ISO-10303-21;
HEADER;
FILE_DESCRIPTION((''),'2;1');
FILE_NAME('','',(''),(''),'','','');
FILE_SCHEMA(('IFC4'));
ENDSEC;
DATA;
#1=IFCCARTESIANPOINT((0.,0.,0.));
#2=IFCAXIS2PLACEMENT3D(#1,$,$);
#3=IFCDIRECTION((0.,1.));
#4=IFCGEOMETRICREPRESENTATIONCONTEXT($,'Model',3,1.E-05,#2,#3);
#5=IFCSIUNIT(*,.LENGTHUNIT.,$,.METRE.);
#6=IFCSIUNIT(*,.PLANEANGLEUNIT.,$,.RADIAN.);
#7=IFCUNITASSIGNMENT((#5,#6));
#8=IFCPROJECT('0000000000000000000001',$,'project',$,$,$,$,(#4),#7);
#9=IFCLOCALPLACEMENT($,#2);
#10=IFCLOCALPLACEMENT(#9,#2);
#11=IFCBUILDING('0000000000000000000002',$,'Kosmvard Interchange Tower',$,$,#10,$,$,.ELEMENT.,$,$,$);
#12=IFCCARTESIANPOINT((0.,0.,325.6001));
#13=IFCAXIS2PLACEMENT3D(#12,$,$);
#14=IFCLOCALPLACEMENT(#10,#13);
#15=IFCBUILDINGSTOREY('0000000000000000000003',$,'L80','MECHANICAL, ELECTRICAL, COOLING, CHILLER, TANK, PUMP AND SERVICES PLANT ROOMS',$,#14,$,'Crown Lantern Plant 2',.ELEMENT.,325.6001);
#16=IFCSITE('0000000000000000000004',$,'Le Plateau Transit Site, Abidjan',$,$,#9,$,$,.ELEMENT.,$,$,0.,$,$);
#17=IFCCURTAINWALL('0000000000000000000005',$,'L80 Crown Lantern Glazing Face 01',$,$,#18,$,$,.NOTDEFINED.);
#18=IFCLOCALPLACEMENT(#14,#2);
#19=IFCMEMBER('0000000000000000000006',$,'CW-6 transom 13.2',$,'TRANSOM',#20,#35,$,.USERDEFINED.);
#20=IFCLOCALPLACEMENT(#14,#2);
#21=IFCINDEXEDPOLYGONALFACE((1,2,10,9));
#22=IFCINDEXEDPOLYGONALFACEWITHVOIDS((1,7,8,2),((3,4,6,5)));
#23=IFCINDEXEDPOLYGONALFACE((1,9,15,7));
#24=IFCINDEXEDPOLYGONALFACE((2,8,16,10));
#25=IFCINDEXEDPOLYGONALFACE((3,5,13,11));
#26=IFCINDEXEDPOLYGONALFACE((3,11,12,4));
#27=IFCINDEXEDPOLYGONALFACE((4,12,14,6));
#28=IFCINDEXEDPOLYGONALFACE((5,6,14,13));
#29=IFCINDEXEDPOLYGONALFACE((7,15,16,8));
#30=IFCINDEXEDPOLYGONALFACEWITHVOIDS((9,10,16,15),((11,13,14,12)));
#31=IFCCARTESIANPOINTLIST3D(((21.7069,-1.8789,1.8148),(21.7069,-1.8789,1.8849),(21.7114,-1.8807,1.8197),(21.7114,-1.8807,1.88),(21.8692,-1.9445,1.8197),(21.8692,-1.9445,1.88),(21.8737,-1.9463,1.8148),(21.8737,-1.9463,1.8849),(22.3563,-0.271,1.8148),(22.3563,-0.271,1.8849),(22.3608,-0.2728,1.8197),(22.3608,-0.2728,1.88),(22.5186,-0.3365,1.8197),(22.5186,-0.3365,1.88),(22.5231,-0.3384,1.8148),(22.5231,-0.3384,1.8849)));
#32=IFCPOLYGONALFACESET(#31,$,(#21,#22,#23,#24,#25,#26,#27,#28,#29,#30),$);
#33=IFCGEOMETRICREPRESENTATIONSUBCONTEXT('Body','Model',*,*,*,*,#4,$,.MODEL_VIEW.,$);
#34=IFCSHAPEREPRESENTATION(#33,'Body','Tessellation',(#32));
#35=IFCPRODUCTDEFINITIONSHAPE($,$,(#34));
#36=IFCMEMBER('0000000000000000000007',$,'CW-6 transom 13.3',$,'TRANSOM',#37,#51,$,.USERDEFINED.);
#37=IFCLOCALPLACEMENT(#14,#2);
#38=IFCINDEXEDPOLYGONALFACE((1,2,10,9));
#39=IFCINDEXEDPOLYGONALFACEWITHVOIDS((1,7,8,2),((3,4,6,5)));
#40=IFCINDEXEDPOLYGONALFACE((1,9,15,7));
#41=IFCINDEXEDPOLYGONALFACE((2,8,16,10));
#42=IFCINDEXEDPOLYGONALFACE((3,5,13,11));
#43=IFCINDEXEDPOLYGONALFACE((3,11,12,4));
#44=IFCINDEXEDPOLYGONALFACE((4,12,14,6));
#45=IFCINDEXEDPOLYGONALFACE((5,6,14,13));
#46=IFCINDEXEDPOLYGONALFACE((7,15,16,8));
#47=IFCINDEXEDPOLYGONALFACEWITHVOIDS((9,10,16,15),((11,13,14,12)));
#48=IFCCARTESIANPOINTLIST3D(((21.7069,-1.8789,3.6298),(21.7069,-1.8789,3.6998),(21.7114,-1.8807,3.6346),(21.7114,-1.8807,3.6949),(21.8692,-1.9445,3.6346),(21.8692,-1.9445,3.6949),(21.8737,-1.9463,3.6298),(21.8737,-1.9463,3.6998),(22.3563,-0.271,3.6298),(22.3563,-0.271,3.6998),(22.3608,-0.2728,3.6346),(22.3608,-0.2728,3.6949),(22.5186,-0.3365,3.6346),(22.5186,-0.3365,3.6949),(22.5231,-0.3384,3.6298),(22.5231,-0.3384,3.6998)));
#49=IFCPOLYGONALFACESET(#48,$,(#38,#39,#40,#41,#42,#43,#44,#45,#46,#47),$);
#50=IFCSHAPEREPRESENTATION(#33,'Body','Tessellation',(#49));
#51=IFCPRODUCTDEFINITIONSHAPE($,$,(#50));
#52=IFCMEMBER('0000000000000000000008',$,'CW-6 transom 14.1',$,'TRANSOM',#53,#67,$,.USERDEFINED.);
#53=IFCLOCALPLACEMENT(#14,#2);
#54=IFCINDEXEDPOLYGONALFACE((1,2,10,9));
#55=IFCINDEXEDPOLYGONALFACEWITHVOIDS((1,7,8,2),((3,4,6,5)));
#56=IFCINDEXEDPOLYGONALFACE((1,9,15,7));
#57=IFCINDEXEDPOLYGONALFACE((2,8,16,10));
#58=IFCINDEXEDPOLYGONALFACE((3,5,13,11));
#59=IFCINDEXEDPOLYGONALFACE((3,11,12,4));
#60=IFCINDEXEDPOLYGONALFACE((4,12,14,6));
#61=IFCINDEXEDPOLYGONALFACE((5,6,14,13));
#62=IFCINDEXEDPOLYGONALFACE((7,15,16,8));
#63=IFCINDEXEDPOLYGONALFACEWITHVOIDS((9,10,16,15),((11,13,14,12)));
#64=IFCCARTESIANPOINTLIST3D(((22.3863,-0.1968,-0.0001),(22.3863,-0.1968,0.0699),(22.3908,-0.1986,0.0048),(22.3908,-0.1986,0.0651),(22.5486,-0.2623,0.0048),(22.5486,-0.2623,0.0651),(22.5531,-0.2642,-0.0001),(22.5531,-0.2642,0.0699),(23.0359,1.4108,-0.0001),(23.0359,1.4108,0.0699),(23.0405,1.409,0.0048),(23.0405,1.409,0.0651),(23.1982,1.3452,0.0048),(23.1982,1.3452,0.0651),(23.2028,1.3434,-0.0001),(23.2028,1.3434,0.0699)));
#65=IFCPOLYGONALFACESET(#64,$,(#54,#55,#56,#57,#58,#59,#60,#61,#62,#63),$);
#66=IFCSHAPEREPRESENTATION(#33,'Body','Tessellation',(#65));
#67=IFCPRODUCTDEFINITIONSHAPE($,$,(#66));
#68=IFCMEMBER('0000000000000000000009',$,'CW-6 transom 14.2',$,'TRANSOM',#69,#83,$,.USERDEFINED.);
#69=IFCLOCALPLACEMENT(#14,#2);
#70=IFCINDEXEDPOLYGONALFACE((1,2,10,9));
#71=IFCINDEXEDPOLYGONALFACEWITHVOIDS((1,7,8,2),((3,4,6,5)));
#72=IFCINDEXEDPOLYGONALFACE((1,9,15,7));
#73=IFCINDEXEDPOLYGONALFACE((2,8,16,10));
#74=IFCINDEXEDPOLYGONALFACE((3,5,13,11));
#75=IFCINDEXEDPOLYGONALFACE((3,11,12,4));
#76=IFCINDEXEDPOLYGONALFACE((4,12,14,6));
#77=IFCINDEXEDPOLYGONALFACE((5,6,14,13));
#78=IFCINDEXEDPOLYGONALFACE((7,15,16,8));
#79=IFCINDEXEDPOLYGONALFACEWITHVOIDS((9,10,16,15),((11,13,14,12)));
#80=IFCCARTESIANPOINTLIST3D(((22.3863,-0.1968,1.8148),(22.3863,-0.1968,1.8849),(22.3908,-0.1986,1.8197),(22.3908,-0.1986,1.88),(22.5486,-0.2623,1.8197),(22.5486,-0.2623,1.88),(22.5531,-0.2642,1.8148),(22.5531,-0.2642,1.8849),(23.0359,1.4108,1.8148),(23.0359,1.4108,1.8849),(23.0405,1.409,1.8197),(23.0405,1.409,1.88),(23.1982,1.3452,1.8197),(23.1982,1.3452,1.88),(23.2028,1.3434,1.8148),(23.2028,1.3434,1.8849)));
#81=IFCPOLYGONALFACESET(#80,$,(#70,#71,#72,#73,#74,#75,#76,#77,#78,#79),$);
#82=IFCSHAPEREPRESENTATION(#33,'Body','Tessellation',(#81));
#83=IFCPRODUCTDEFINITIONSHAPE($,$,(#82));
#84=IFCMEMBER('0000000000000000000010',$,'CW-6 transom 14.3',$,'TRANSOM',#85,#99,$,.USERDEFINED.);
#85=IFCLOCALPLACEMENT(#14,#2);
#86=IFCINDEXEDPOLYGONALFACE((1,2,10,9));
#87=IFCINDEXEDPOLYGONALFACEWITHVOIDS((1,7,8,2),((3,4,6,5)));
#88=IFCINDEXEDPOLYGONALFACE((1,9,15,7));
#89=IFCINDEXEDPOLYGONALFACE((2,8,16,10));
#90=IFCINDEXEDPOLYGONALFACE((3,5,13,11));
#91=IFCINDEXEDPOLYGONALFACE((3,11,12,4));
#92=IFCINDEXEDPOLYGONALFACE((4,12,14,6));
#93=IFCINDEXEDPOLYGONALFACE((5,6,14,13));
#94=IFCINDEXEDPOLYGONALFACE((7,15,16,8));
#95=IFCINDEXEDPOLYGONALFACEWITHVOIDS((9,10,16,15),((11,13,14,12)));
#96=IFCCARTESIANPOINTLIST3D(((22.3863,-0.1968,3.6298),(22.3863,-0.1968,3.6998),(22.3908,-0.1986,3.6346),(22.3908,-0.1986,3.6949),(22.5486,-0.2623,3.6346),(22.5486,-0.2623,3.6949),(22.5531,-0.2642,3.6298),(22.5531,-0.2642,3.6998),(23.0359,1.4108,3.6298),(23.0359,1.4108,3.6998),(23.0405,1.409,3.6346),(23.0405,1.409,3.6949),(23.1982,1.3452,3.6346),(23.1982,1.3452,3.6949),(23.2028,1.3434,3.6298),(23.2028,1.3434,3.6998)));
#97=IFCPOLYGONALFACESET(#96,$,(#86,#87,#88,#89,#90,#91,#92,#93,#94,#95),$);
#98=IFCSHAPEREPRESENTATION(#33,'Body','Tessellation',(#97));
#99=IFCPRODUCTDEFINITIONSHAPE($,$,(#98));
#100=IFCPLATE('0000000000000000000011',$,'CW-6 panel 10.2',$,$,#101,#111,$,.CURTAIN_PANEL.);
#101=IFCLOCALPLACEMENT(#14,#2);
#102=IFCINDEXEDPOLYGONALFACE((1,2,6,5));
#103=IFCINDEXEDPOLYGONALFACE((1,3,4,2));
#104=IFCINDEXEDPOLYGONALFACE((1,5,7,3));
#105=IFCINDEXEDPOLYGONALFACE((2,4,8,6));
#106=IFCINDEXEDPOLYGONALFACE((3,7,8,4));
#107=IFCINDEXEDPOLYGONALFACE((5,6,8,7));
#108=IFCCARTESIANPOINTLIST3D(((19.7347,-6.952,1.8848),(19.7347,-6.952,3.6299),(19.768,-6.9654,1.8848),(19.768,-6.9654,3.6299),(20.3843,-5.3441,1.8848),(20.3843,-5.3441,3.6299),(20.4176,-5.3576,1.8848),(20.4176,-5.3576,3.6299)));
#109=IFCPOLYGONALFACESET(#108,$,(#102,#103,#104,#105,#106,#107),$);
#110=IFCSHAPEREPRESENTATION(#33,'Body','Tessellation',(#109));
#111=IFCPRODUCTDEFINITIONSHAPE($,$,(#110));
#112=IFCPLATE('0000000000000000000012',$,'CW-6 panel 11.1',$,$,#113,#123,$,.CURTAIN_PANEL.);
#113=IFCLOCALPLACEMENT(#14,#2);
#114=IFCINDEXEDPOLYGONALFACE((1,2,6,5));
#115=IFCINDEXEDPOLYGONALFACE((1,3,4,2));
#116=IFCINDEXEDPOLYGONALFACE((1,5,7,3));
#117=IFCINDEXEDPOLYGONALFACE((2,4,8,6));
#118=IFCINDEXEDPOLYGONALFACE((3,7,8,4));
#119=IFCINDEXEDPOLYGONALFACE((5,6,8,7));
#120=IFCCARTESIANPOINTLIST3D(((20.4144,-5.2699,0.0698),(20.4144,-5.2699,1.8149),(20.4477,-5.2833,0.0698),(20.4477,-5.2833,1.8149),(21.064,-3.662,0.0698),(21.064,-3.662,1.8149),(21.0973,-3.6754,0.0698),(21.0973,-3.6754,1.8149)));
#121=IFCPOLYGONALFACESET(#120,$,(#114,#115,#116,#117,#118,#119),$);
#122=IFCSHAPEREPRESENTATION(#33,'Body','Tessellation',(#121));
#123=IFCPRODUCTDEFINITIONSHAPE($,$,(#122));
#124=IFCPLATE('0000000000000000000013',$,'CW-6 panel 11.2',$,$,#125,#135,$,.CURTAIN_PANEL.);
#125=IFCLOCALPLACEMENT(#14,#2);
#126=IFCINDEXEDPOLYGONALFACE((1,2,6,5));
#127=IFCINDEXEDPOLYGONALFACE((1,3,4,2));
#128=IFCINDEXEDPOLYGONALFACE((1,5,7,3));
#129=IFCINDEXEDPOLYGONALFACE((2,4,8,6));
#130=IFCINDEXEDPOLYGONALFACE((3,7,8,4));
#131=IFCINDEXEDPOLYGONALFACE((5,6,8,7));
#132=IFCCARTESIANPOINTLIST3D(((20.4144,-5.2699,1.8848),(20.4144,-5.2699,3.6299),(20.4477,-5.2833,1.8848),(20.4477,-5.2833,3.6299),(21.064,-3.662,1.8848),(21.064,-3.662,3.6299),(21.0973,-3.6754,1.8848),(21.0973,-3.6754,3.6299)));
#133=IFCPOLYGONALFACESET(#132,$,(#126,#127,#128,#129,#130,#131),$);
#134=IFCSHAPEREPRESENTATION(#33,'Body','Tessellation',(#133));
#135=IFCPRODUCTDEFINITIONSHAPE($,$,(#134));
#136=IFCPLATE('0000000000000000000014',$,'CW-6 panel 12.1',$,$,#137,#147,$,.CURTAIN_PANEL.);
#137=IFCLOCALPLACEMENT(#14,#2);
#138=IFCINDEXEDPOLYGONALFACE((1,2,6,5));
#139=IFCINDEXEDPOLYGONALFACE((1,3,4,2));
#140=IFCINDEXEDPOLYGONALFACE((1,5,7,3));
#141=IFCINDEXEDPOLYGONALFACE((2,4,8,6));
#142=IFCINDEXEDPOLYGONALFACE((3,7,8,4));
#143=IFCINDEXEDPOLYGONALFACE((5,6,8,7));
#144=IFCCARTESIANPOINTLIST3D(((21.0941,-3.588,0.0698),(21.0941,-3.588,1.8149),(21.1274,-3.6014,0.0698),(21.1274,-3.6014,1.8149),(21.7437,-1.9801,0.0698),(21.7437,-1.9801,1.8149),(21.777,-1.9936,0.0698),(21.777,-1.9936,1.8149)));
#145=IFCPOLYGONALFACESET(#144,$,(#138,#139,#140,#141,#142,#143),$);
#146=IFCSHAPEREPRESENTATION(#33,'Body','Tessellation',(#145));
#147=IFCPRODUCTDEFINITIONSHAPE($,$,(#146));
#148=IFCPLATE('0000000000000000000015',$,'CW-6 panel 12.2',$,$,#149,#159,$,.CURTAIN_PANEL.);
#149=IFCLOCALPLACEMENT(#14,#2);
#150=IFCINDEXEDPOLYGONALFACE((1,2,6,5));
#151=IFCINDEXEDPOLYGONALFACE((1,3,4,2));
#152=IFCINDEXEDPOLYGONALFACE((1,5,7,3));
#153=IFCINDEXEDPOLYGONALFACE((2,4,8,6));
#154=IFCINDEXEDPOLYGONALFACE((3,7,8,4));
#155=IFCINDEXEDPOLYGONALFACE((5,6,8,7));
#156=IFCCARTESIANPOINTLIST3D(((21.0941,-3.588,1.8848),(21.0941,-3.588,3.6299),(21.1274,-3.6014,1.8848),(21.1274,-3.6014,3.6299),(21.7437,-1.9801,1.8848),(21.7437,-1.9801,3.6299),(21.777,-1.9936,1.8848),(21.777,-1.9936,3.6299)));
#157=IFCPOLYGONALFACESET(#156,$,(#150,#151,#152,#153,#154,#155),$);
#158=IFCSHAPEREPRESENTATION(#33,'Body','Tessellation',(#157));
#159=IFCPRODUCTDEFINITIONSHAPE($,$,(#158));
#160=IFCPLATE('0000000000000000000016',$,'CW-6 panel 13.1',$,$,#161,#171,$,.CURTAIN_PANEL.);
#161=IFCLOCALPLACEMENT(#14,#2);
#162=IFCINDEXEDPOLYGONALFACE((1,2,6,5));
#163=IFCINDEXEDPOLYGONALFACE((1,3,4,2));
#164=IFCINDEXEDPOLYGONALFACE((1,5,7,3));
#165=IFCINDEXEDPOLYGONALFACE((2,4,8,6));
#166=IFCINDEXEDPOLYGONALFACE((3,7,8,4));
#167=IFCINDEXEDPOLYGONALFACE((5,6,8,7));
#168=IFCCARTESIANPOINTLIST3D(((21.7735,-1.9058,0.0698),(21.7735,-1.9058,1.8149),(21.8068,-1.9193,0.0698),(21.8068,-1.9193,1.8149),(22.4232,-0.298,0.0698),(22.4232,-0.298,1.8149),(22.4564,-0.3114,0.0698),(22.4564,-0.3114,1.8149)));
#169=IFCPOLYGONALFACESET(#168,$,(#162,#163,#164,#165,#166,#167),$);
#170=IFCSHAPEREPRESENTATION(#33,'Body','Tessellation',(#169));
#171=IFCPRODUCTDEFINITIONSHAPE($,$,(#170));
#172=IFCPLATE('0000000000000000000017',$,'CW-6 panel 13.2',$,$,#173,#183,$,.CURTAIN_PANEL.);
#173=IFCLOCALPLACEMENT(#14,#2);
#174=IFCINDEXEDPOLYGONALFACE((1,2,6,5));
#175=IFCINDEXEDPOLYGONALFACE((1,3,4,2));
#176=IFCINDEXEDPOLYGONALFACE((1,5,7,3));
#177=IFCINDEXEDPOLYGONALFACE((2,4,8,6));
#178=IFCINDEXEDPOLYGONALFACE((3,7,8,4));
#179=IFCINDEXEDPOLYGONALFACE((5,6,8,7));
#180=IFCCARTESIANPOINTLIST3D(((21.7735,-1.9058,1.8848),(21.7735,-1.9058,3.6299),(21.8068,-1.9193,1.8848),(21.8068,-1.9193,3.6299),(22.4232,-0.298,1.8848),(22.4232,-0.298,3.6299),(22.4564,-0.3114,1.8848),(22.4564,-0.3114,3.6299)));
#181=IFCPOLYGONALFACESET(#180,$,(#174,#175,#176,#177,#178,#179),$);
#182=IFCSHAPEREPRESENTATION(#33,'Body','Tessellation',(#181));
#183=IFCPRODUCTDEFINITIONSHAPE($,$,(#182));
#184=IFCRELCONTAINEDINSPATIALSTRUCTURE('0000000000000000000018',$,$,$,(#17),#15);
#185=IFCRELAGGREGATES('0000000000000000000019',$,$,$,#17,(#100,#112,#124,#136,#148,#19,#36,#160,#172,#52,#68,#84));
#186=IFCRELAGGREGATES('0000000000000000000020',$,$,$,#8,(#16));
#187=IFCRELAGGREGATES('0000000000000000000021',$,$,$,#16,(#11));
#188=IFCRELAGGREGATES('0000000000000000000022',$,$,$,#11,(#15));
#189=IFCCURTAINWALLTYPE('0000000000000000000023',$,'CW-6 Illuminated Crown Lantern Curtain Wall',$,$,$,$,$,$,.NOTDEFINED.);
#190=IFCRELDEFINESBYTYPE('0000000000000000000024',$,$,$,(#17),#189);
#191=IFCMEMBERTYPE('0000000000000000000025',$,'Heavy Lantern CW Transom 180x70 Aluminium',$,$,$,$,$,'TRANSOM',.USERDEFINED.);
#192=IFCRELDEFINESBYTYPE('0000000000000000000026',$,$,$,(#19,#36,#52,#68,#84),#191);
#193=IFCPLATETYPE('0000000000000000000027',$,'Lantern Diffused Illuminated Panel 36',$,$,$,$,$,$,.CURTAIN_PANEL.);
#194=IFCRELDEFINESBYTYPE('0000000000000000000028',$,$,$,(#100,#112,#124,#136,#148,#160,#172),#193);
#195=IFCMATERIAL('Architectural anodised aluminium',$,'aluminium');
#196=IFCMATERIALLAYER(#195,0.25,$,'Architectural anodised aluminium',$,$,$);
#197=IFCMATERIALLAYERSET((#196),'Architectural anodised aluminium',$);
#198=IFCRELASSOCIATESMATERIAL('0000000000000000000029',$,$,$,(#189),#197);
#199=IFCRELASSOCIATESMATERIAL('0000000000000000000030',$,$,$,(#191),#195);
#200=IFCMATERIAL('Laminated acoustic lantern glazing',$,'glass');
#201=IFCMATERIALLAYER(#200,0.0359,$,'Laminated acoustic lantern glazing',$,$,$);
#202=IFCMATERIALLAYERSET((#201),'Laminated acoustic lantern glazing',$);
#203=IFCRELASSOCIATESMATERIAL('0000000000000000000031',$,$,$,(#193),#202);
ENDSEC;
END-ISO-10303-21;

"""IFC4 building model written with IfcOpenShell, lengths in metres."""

from ifc_helpers import new_model, si_unit, direction, frame, origin, origin_2d, place, context, subcontext, project, spatial, rectangle, hollow_rectangle, extrude, source, transform, mapped, material, layer, layer_set, material_profile, profile_set, type_object, element, aggregate, save


model = new_model("IFC4")

# Units and contexts
model_context = context("Model", 3, precision=1e-05, world=origin(), true_north=direction((0.0, 1.0)))
body_context = subcontext(model_context, "Body", "Model", "MODEL_VIEW")
ifc_project = project(units=[si_unit("LENGTHUNIT", "METRE"), si_unit("PLANEANGLEUNIT", "RADIAN")], contexts=[model_context])

# Site, building, storey
site_placement = place(None, origin())
site = spatial("IfcSite", under=ifc_project, at=site_placement, Name="Le Plateau Transit Site, Abidjan", CompositionType="ELEMENT", RefElevation=0.0)
building_placement = place(site_placement, origin())
building = spatial("IfcBuilding", under=site, at=building_placement, Name="Kosmvard Interchange Tower", CompositionType="ELEMENT")
storey_placement = place(building_placement, frame((0.0, 0.0, 325.6001)))
storey = spatial("IfcBuildingStorey", under=building, at=storey_placement, Name="L80", Description="MECHANICAL, ELECTRICAL, COOLING, CHILLER, TANK, PUMP AND SERVICES PLANT ROOMS", LongName="Crown Lantern Plant 2", CompositionType="ELEMENT", Elevation=325.6001)

# Curtain wall, members, plates
ifc_material_1 = material(Name="Architectural anodised aluminium", Category="aluminium")
ifc_layer_1 = layer(ifc_material_1, 0.25, Name="Architectural anodised aluminium")
ifc_layer_set_1 = layer_set([ifc_layer_1], Name="Architectural anodised aluminium")
curtain_wall_type = type_object("IfcCurtainWallType", Name="CW-6 Illuminated Crown Lantern Curtain Wall", PredefinedType="NOTDEFINED", material=ifc_layer_set_1)
curtain_wall_placement = place(storey_placement, origin())
curtain_wall = element("IfcCurtainWall", 1, at=curtain_wall_placement, inside=storey, type_object=curtain_wall_type, Name="L80 Crown Lantern Glazing Face 01", PredefinedType="NOTDEFINED")
ifc_material_profile_1 = material_profile(ifc_material_1, hollow_rectangle(XDim=0.1799, YDim=0.0701, WallThickness=0.0049, at=origin_2d()), Name="CWT 180x70x5")
ifc_profile_set_1 = profile_set([ifc_material_profile_1], Name="Architectural anodised aluminium")
member_type_1 = type_object("IfcMemberType", Name="Heavy Lantern CW Transom 180x70 Aluminium", ElementType="TRANSOM", PredefinedType="USERDEFINED", material=ifc_profile_set_1)
shared_shape_1 = source(origin(), body_context, "Body", "SweptSolid", [
    extrude(hollow_rectangle(XDim=0.1799, YDim=0.0701, WallThickness=0.0049, at=origin_2d()), origin(), (0.0, 0.0, 1.0), 1.7341),
])
member_1_placement = place(storey_placement, frame((21.7903, -1.9126, 1.8499), z_axis=(0.374496, 0.927229, 0.0), x_axis=(-0.927229, 0.374496, 0.0)))
member_1 = element("IfcMember", 2, at=member_1_placement, type_object=member_type_1, Name="CW-6 transom 13.2", ObjectType="TRANSOM", PredefinedType="USERDEFINED", context=body_context, shape_type="MappedRepresentation", body=[
    mapped(shared_shape_1, transform((0.0, 0.0, 0.0), scale=1.0)),
])
member_2_placement = place(storey_placement, frame((21.7903, -1.9126, 3.6648), z_axis=(0.374496, 0.927229, 0.0), x_axis=(-0.927229, 0.374496, 0.0)))
member_2 = element("IfcMember", 3, at=member_2_placement, type_object=member_type_1, Name="CW-6 transom 13.3", ObjectType="TRANSOM", PredefinedType="USERDEFINED", context=body_context, shape_type="MappedRepresentation", body=[
    mapped(shared_shape_1, transform((0.0, 0.0, 0.0), scale=1.0)),
])
shared_shape_2 = source(origin(), body_context, "Body", "SweptSolid", [
    extrude(hollow_rectangle(XDim=0.1799, YDim=0.0701, WallThickness=0.0049, at=origin_2d()), origin(), (0.0, 0.0, 1.0), 1.7339),
])
member_3_placement = place(storey_placement, frame((22.4697, -0.2305, 0.0349), z_axis=(0.374666, 0.92716, 0.0), x_axis=(-0.92716, 0.374666, 0.0)))
member_3 = element("IfcMember", 4, at=member_3_placement, type_object=member_type_1, Name="CW-6 transom 14.1", ObjectType="TRANSOM", PredefinedType="USERDEFINED", context=body_context, shape_type="MappedRepresentation", body=[
    mapped(shared_shape_2, transform((0.0, 0.0, 0.0), scale=1.0)),
])
member_4_placement = place(storey_placement, frame((22.4697, -0.2305, 1.8499), z_axis=(0.374666, 0.92716, 0.0), x_axis=(-0.92716, 0.374666, 0.0)))
member_4 = element("IfcMember", 5, at=member_4_placement, type_object=member_type_1, Name="CW-6 transom 14.2", ObjectType="TRANSOM", PredefinedType="USERDEFINED", context=body_context, shape_type="MappedRepresentation", body=[
    mapped(shared_shape_2, transform((0.0, 0.0, 0.0), scale=1.0)),
])
member_5_placement = place(storey_placement, frame((22.4697, -0.2305, 3.6648), z_axis=(0.374666, 0.92716, 0.0), x_axis=(-0.92716, 0.374666, 0.0)))
member_5 = element("IfcMember", 6, at=member_5_placement, type_object=member_type_1, Name="CW-6 transom 14.3", ObjectType="TRANSOM", PredefinedType="USERDEFINED", context=body_context, shape_type="MappedRepresentation", body=[
    mapped(shared_shape_2, transform((0.0, 0.0, 0.0), scale=1.0)),
])
ifc_material_2 = material(Name="Laminated acoustic lantern glazing", Category="glass")
ifc_layer_2 = layer(ifc_material_2, 0.0359, Name="Laminated acoustic lantern glazing")
ifc_layer_set_2 = layer_set([ifc_layer_2], Name="Laminated acoustic lantern glazing")
plate_type = type_object("IfcPlateType", Name="Lantern Diffused Illuminated Panel 36", PredefinedType="CURTAIN_PANEL", material=ifc_layer_set_2)
shared_shape_3 = source(origin(), body_context, "Body", "SweptSolid", [
    extrude(rectangle(XDim=1.7341, YDim=0.0359, at=origin_2d()), origin(), (0.0, 0.0, 1.0), 1.7451),
])
plate_1_placement = place(storey_placement, frame((20.0762, -6.1548, 1.8848), z_axis=(0.0, 0.0, 1.0), x_axis=(0.374607, 0.927184, 0.0)))
plate_1 = element("IfcPlate", 7, at=plate_1_placement, type_object=plate_type, Name="CW-6 panel 10.2", PredefinedType="CURTAIN_PANEL", context=body_context, shape_type="MappedRepresentation", body=[
    mapped(shared_shape_3, transform((0.0, 0.0, 0.0), scale=1.0)),
])
plate_2_placement = place(storey_placement, frame((20.7559, -4.4727, 0.0698), z_axis=(0.0, 0.0, 1.0), x_axis=(0.374607, 0.927184, 0.0)))
plate_2 = element("IfcPlate", 8, at=plate_2_placement, type_object=plate_type, Name="CW-6 panel 11.1", PredefinedType="CURTAIN_PANEL", context=body_context, shape_type="MappedRepresentation", body=[
    mapped(shared_shape_3, transform((0.0, 0.0, 0.0), scale=1.0)),
])
plate_3_placement = place(storey_placement, frame((20.7559, -4.4727, 1.8848), z_axis=(0.0, 0.0, 1.0), x_axis=(0.374607, 0.927184, 0.0)))
plate_3 = element("IfcPlate", 9, at=plate_3_placement, type_object=plate_type, Name="CW-6 panel 11.2", PredefinedType="CURTAIN_PANEL", context=body_context, shape_type="MappedRepresentation", body=[
    mapped(shared_shape_3, transform((0.0, 0.0, 0.0), scale=1.0)),
])
plate_4_placement = place(storey_placement, frame((21.4355, -2.7908, 0.0698), z_axis=(0.0, 0.0, 1.0), x_axis=(0.374607, 0.927184, 0.0)))
plate_4 = element("IfcPlate", 10, at=plate_4_placement, type_object=plate_type, Name="CW-6 panel 12.1", PredefinedType="CURTAIN_PANEL", context=body_context, shape_type="MappedRepresentation", body=[
    mapped(shared_shape_3, transform((0.0, 0.0, 0.0), scale=1.0)),
])
plate_5_placement = place(storey_placement, frame((21.4355, -2.7908, 1.8848), z_axis=(0.0, 0.0, 1.0), x_axis=(0.374607, 0.927184, 0.0)))
plate_5 = element("IfcPlate", 11, at=plate_5_placement, type_object=plate_type, Name="CW-6 panel 12.2", PredefinedType="CURTAIN_PANEL", context=body_context, shape_type="MappedRepresentation", body=[
    mapped(shared_shape_3, transform((0.0, 0.0, 0.0), scale=1.0)),
])
plate_6_placement = place(storey_placement, frame((22.115, -1.1086, 0.0698), z_axis=(0.0, 0.0, 1.0), x_axis=(0.374607, 0.927184, 0.0)))
plate_6 = element("IfcPlate", 12, at=plate_6_placement, type_object=plate_type, Name="CW-6 panel 13.1", PredefinedType="CURTAIN_PANEL", context=body_context, shape_type="MappedRepresentation", body=[
    mapped(shared_shape_3, transform((0.0, 0.0, 0.0), scale=1.0)),
])
plate_7_placement = place(storey_placement, frame((22.115, -1.1086, 1.8848), z_axis=(0.0, 0.0, 1.0), x_axis=(0.374607, 0.927184, 0.0)))
plate_7 = element("IfcPlate", 13, at=plate_7_placement, type_object=plate_type, Name="CW-6 panel 13.2", PredefinedType="CURTAIN_PANEL", context=body_context, shape_type="MappedRepresentation", body=[
    mapped(shared_shape_3, transform((0.0, 0.0, 0.0), scale=1.0)),
])
aggregate(curtain_wall, [plate_1, plate_2, plate_3, plate_4, plate_5, member_1, member_2, plate_6, plate_7, member_3, member_4, member_5])

save(model, "model.ifc")
